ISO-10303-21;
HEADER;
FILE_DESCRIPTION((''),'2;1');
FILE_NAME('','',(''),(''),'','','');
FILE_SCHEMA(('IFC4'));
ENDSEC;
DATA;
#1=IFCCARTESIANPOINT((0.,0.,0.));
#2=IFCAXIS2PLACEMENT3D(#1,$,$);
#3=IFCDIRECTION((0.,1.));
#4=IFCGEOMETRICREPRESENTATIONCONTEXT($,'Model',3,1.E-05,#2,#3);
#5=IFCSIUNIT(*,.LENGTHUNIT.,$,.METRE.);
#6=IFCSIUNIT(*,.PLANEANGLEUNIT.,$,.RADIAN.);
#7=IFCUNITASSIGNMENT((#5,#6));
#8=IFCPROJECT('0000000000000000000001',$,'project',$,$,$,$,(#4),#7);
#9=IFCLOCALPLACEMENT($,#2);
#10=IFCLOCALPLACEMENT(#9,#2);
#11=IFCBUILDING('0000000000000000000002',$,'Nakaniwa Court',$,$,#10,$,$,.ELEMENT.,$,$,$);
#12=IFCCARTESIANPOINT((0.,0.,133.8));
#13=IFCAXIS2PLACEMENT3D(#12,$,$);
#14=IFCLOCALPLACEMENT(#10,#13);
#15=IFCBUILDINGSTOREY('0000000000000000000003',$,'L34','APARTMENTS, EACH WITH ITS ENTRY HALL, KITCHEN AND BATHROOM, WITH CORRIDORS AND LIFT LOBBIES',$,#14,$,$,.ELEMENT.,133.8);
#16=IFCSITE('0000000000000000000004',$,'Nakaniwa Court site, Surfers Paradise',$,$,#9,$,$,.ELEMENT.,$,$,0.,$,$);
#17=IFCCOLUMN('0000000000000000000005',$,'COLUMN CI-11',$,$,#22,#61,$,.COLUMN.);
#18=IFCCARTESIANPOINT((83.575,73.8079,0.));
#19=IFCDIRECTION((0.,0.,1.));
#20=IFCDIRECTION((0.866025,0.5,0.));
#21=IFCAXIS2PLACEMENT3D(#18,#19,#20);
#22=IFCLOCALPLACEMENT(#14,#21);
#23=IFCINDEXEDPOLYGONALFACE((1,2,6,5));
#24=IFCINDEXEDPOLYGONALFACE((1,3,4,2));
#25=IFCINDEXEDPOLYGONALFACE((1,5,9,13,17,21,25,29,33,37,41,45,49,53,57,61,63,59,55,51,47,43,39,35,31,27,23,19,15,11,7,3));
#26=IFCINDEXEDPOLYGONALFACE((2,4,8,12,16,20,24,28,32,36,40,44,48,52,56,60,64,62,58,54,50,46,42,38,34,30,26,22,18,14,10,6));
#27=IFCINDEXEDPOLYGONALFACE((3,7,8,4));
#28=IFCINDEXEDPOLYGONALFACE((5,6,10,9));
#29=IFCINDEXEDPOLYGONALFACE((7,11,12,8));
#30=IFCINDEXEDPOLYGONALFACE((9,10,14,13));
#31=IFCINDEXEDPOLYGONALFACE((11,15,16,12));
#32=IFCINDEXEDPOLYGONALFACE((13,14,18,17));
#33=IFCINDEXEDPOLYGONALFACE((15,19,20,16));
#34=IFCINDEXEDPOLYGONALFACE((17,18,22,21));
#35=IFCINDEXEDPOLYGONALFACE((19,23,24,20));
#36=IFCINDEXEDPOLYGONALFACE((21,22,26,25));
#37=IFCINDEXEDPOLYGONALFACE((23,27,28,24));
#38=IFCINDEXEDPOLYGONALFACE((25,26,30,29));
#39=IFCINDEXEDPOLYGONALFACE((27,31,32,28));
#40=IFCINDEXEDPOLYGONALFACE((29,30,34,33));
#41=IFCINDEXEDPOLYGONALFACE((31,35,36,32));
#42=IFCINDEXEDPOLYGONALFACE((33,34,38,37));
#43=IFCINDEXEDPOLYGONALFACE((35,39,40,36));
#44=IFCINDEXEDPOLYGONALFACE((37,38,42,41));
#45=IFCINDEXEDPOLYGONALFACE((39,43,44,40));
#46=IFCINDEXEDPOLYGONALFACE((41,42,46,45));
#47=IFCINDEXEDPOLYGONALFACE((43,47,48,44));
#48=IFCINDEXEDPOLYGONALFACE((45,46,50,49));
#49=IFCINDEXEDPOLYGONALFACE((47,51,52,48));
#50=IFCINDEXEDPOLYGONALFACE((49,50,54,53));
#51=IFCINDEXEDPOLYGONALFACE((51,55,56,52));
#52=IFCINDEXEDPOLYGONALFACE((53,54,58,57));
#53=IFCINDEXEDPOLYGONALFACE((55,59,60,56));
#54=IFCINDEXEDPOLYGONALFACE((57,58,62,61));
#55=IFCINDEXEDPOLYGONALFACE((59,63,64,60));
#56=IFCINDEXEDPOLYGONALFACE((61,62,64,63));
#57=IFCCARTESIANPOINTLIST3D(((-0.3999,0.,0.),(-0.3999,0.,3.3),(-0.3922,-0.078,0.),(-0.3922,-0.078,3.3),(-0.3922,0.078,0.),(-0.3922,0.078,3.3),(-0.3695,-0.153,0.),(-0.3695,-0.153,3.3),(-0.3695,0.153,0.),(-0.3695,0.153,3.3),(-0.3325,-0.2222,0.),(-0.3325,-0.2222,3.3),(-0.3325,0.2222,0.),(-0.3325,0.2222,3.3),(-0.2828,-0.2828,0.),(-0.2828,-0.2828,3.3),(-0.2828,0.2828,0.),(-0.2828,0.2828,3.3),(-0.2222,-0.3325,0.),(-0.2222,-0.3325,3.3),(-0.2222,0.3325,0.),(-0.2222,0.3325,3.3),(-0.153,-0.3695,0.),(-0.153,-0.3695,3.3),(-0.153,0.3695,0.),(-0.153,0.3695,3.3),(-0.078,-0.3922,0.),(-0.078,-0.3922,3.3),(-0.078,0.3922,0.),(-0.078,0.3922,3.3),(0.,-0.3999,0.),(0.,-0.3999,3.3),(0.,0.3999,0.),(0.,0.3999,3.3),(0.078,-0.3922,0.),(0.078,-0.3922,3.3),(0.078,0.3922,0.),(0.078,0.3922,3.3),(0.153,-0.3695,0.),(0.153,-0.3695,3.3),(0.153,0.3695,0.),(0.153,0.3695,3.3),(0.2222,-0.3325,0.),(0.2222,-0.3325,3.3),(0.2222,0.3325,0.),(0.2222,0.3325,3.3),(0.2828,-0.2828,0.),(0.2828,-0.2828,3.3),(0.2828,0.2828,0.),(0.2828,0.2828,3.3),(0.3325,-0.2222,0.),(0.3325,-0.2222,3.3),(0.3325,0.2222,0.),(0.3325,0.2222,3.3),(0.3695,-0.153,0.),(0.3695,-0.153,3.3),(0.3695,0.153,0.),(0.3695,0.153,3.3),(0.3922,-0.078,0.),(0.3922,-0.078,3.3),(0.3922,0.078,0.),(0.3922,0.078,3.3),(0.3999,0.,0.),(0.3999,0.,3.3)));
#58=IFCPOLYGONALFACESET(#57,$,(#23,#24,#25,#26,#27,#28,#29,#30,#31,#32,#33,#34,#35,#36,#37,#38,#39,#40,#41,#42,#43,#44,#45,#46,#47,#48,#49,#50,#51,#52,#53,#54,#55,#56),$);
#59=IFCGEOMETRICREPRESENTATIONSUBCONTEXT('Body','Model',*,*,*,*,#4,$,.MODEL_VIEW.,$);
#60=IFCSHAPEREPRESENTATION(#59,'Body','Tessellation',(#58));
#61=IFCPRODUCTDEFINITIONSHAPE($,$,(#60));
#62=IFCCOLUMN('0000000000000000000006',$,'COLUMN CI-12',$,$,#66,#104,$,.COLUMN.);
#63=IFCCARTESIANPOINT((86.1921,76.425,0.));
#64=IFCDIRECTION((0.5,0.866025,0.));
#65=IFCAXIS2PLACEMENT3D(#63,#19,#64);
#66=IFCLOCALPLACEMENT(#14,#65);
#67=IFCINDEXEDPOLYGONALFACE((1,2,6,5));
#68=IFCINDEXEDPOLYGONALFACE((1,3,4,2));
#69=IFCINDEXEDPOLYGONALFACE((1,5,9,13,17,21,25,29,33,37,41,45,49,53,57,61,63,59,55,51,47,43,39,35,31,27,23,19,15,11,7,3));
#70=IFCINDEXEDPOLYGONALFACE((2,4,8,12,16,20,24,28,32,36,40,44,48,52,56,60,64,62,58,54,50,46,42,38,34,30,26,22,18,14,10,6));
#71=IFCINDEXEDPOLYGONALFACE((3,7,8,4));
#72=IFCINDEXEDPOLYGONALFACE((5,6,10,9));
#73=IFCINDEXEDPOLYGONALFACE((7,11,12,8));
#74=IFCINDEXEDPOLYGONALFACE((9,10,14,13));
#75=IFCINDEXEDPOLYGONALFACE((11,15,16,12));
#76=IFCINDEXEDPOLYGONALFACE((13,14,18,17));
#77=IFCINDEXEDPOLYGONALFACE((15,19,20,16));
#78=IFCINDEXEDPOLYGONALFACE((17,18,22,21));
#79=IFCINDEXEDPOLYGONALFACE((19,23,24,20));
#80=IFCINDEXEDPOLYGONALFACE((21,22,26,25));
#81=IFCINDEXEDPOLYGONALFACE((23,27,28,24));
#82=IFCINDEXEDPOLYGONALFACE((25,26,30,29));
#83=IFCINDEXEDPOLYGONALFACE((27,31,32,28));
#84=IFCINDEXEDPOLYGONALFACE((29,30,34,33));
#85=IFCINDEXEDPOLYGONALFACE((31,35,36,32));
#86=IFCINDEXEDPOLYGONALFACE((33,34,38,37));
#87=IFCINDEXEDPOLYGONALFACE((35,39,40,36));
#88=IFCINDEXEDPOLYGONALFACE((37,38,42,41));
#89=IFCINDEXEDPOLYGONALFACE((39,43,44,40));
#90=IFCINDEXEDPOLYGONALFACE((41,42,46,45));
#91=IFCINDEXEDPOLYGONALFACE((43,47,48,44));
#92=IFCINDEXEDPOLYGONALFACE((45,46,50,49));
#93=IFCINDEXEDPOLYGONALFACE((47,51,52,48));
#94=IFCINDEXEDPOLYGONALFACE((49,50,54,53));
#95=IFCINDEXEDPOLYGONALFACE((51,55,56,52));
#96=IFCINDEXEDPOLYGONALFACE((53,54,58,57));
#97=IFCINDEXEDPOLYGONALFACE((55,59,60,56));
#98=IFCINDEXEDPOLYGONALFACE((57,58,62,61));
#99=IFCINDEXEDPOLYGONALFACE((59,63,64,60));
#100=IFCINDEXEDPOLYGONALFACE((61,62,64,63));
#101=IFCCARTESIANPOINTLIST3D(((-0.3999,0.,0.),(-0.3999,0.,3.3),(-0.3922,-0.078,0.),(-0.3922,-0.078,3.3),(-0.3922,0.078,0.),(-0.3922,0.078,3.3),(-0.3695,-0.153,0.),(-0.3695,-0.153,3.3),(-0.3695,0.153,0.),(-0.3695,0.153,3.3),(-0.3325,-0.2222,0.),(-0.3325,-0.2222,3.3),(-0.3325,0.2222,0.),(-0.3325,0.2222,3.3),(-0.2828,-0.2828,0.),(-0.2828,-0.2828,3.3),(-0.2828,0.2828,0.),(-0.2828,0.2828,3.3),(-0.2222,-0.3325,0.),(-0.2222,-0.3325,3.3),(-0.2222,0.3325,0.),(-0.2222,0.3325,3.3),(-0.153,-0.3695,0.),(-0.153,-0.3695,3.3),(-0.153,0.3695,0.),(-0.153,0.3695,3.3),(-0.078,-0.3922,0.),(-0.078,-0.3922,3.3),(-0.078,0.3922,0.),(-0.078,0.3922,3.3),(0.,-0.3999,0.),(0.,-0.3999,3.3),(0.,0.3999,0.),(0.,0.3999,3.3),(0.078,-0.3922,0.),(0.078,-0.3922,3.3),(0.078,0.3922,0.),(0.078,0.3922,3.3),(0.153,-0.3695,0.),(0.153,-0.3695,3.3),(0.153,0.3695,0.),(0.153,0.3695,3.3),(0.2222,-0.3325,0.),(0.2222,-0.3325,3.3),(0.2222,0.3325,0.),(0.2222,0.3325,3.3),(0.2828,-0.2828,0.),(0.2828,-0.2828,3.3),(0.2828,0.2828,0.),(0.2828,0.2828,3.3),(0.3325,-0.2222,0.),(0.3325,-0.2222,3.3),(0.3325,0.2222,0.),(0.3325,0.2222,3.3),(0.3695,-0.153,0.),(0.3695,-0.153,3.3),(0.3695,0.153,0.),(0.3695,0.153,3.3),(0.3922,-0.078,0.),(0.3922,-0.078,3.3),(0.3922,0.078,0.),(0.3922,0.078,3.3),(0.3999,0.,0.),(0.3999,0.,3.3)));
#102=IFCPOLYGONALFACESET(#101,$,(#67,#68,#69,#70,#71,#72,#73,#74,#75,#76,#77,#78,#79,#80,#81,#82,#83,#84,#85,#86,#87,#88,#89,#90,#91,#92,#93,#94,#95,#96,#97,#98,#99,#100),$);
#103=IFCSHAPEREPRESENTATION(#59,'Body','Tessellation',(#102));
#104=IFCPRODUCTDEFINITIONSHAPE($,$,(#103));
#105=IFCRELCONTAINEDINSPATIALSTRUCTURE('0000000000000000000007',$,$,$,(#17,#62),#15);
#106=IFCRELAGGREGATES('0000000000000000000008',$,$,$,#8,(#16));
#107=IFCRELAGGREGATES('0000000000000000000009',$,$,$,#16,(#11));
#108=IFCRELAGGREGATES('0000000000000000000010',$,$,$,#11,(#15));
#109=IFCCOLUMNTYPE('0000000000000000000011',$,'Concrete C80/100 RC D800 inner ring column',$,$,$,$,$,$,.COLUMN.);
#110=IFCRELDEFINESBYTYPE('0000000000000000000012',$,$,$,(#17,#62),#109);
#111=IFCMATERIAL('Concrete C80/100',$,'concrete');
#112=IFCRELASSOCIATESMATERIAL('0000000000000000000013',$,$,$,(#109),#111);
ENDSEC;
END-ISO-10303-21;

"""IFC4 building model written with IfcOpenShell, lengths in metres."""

from ifc_helpers import new_model, si_unit, direction, frame, origin, origin_2d, place, context, subcontext, project, spatial, circle, extrude, material, material_profile, profile_set, type_object, element, save


model = new_model("IFC4")

# Units and contexts
model_context = context("Model", 3, precision=1e-05, world=origin(), true_north=direction((0.0, 1.0)))
body_context = subcontext(model_context, "Body", "Model", "MODEL_VIEW")
ifc_project = project(units=[si_unit("LENGTHUNIT", "METRE"), si_unit("PLANEANGLEUNIT", "RADIAN")], contexts=[model_context])

# Site, building, storey
site_placement = place(None, origin())
site = spatial("IfcSite", under=ifc_project, at=site_placement, Name="Nakaniwa Court site, Surfers Paradise", CompositionType="ELEMENT", RefElevation=0.0)
building_placement = place(site_placement, origin())
building = spatial("IfcBuilding", under=site, at=building_placement, Name="Nakaniwa Court", CompositionType="ELEMENT")
storey_placement = place(building_placement, frame((0.0, 0.0, 133.8)))
storey = spatial("IfcBuildingStorey", under=building, at=storey_placement, Name="L34", Description="APARTMENTS, EACH WITH ITS ENTRY HALL, KITCHEN AND BATHROOM, WITH CORRIDORS AND LIFT LOBBIES", CompositionType="ELEMENT", Elevation=133.8)

# Columns
ifc_material_1 = material(Name="Concrete C80/100", Category="concrete")
ifc_material_profile_1 = material_profile(ifc_material_1, circle(Radius=0.3999, at=origin_2d()), Name="Concrete C80/100 RC D800 inner ring column")
ifc_profile_set_1 = profile_set([ifc_material_profile_1], Name="Concrete C80/100")
column_type = type_object("IfcColumnType", Name="Concrete C80/100 RC D800 inner ring column", PredefinedType="COLUMN", material=ifc_profile_set_1)
for number, where, z_axis, x_axis, name in (
    (1, (83.575, 73.8079, 0.0), (0.0, 0.0, 1.0), (0.866025, 0.5, 0.0), "COLUMN CI-11"),
    (2, (86.1921, 76.425, 0.0), (0.0, 0.0, 1.0), (0.5, 0.866025, 0.0), "COLUMN CI-12"),
):
    element("IfcColumn", number, at=place(storey_placement, frame(where, z_axis=z_axis, x_axis=x_axis)), inside=storey, type_object=column_type, Name=name, PredefinedType="COLUMN", context=body_context, shape_type="SweptSolid", body=[
        extrude(circle(Radius=0.3999, at=origin_2d()), origin(), (0.0, 0.0, 1.0), 3.3),
    ])

save(model, "model.ifc")
